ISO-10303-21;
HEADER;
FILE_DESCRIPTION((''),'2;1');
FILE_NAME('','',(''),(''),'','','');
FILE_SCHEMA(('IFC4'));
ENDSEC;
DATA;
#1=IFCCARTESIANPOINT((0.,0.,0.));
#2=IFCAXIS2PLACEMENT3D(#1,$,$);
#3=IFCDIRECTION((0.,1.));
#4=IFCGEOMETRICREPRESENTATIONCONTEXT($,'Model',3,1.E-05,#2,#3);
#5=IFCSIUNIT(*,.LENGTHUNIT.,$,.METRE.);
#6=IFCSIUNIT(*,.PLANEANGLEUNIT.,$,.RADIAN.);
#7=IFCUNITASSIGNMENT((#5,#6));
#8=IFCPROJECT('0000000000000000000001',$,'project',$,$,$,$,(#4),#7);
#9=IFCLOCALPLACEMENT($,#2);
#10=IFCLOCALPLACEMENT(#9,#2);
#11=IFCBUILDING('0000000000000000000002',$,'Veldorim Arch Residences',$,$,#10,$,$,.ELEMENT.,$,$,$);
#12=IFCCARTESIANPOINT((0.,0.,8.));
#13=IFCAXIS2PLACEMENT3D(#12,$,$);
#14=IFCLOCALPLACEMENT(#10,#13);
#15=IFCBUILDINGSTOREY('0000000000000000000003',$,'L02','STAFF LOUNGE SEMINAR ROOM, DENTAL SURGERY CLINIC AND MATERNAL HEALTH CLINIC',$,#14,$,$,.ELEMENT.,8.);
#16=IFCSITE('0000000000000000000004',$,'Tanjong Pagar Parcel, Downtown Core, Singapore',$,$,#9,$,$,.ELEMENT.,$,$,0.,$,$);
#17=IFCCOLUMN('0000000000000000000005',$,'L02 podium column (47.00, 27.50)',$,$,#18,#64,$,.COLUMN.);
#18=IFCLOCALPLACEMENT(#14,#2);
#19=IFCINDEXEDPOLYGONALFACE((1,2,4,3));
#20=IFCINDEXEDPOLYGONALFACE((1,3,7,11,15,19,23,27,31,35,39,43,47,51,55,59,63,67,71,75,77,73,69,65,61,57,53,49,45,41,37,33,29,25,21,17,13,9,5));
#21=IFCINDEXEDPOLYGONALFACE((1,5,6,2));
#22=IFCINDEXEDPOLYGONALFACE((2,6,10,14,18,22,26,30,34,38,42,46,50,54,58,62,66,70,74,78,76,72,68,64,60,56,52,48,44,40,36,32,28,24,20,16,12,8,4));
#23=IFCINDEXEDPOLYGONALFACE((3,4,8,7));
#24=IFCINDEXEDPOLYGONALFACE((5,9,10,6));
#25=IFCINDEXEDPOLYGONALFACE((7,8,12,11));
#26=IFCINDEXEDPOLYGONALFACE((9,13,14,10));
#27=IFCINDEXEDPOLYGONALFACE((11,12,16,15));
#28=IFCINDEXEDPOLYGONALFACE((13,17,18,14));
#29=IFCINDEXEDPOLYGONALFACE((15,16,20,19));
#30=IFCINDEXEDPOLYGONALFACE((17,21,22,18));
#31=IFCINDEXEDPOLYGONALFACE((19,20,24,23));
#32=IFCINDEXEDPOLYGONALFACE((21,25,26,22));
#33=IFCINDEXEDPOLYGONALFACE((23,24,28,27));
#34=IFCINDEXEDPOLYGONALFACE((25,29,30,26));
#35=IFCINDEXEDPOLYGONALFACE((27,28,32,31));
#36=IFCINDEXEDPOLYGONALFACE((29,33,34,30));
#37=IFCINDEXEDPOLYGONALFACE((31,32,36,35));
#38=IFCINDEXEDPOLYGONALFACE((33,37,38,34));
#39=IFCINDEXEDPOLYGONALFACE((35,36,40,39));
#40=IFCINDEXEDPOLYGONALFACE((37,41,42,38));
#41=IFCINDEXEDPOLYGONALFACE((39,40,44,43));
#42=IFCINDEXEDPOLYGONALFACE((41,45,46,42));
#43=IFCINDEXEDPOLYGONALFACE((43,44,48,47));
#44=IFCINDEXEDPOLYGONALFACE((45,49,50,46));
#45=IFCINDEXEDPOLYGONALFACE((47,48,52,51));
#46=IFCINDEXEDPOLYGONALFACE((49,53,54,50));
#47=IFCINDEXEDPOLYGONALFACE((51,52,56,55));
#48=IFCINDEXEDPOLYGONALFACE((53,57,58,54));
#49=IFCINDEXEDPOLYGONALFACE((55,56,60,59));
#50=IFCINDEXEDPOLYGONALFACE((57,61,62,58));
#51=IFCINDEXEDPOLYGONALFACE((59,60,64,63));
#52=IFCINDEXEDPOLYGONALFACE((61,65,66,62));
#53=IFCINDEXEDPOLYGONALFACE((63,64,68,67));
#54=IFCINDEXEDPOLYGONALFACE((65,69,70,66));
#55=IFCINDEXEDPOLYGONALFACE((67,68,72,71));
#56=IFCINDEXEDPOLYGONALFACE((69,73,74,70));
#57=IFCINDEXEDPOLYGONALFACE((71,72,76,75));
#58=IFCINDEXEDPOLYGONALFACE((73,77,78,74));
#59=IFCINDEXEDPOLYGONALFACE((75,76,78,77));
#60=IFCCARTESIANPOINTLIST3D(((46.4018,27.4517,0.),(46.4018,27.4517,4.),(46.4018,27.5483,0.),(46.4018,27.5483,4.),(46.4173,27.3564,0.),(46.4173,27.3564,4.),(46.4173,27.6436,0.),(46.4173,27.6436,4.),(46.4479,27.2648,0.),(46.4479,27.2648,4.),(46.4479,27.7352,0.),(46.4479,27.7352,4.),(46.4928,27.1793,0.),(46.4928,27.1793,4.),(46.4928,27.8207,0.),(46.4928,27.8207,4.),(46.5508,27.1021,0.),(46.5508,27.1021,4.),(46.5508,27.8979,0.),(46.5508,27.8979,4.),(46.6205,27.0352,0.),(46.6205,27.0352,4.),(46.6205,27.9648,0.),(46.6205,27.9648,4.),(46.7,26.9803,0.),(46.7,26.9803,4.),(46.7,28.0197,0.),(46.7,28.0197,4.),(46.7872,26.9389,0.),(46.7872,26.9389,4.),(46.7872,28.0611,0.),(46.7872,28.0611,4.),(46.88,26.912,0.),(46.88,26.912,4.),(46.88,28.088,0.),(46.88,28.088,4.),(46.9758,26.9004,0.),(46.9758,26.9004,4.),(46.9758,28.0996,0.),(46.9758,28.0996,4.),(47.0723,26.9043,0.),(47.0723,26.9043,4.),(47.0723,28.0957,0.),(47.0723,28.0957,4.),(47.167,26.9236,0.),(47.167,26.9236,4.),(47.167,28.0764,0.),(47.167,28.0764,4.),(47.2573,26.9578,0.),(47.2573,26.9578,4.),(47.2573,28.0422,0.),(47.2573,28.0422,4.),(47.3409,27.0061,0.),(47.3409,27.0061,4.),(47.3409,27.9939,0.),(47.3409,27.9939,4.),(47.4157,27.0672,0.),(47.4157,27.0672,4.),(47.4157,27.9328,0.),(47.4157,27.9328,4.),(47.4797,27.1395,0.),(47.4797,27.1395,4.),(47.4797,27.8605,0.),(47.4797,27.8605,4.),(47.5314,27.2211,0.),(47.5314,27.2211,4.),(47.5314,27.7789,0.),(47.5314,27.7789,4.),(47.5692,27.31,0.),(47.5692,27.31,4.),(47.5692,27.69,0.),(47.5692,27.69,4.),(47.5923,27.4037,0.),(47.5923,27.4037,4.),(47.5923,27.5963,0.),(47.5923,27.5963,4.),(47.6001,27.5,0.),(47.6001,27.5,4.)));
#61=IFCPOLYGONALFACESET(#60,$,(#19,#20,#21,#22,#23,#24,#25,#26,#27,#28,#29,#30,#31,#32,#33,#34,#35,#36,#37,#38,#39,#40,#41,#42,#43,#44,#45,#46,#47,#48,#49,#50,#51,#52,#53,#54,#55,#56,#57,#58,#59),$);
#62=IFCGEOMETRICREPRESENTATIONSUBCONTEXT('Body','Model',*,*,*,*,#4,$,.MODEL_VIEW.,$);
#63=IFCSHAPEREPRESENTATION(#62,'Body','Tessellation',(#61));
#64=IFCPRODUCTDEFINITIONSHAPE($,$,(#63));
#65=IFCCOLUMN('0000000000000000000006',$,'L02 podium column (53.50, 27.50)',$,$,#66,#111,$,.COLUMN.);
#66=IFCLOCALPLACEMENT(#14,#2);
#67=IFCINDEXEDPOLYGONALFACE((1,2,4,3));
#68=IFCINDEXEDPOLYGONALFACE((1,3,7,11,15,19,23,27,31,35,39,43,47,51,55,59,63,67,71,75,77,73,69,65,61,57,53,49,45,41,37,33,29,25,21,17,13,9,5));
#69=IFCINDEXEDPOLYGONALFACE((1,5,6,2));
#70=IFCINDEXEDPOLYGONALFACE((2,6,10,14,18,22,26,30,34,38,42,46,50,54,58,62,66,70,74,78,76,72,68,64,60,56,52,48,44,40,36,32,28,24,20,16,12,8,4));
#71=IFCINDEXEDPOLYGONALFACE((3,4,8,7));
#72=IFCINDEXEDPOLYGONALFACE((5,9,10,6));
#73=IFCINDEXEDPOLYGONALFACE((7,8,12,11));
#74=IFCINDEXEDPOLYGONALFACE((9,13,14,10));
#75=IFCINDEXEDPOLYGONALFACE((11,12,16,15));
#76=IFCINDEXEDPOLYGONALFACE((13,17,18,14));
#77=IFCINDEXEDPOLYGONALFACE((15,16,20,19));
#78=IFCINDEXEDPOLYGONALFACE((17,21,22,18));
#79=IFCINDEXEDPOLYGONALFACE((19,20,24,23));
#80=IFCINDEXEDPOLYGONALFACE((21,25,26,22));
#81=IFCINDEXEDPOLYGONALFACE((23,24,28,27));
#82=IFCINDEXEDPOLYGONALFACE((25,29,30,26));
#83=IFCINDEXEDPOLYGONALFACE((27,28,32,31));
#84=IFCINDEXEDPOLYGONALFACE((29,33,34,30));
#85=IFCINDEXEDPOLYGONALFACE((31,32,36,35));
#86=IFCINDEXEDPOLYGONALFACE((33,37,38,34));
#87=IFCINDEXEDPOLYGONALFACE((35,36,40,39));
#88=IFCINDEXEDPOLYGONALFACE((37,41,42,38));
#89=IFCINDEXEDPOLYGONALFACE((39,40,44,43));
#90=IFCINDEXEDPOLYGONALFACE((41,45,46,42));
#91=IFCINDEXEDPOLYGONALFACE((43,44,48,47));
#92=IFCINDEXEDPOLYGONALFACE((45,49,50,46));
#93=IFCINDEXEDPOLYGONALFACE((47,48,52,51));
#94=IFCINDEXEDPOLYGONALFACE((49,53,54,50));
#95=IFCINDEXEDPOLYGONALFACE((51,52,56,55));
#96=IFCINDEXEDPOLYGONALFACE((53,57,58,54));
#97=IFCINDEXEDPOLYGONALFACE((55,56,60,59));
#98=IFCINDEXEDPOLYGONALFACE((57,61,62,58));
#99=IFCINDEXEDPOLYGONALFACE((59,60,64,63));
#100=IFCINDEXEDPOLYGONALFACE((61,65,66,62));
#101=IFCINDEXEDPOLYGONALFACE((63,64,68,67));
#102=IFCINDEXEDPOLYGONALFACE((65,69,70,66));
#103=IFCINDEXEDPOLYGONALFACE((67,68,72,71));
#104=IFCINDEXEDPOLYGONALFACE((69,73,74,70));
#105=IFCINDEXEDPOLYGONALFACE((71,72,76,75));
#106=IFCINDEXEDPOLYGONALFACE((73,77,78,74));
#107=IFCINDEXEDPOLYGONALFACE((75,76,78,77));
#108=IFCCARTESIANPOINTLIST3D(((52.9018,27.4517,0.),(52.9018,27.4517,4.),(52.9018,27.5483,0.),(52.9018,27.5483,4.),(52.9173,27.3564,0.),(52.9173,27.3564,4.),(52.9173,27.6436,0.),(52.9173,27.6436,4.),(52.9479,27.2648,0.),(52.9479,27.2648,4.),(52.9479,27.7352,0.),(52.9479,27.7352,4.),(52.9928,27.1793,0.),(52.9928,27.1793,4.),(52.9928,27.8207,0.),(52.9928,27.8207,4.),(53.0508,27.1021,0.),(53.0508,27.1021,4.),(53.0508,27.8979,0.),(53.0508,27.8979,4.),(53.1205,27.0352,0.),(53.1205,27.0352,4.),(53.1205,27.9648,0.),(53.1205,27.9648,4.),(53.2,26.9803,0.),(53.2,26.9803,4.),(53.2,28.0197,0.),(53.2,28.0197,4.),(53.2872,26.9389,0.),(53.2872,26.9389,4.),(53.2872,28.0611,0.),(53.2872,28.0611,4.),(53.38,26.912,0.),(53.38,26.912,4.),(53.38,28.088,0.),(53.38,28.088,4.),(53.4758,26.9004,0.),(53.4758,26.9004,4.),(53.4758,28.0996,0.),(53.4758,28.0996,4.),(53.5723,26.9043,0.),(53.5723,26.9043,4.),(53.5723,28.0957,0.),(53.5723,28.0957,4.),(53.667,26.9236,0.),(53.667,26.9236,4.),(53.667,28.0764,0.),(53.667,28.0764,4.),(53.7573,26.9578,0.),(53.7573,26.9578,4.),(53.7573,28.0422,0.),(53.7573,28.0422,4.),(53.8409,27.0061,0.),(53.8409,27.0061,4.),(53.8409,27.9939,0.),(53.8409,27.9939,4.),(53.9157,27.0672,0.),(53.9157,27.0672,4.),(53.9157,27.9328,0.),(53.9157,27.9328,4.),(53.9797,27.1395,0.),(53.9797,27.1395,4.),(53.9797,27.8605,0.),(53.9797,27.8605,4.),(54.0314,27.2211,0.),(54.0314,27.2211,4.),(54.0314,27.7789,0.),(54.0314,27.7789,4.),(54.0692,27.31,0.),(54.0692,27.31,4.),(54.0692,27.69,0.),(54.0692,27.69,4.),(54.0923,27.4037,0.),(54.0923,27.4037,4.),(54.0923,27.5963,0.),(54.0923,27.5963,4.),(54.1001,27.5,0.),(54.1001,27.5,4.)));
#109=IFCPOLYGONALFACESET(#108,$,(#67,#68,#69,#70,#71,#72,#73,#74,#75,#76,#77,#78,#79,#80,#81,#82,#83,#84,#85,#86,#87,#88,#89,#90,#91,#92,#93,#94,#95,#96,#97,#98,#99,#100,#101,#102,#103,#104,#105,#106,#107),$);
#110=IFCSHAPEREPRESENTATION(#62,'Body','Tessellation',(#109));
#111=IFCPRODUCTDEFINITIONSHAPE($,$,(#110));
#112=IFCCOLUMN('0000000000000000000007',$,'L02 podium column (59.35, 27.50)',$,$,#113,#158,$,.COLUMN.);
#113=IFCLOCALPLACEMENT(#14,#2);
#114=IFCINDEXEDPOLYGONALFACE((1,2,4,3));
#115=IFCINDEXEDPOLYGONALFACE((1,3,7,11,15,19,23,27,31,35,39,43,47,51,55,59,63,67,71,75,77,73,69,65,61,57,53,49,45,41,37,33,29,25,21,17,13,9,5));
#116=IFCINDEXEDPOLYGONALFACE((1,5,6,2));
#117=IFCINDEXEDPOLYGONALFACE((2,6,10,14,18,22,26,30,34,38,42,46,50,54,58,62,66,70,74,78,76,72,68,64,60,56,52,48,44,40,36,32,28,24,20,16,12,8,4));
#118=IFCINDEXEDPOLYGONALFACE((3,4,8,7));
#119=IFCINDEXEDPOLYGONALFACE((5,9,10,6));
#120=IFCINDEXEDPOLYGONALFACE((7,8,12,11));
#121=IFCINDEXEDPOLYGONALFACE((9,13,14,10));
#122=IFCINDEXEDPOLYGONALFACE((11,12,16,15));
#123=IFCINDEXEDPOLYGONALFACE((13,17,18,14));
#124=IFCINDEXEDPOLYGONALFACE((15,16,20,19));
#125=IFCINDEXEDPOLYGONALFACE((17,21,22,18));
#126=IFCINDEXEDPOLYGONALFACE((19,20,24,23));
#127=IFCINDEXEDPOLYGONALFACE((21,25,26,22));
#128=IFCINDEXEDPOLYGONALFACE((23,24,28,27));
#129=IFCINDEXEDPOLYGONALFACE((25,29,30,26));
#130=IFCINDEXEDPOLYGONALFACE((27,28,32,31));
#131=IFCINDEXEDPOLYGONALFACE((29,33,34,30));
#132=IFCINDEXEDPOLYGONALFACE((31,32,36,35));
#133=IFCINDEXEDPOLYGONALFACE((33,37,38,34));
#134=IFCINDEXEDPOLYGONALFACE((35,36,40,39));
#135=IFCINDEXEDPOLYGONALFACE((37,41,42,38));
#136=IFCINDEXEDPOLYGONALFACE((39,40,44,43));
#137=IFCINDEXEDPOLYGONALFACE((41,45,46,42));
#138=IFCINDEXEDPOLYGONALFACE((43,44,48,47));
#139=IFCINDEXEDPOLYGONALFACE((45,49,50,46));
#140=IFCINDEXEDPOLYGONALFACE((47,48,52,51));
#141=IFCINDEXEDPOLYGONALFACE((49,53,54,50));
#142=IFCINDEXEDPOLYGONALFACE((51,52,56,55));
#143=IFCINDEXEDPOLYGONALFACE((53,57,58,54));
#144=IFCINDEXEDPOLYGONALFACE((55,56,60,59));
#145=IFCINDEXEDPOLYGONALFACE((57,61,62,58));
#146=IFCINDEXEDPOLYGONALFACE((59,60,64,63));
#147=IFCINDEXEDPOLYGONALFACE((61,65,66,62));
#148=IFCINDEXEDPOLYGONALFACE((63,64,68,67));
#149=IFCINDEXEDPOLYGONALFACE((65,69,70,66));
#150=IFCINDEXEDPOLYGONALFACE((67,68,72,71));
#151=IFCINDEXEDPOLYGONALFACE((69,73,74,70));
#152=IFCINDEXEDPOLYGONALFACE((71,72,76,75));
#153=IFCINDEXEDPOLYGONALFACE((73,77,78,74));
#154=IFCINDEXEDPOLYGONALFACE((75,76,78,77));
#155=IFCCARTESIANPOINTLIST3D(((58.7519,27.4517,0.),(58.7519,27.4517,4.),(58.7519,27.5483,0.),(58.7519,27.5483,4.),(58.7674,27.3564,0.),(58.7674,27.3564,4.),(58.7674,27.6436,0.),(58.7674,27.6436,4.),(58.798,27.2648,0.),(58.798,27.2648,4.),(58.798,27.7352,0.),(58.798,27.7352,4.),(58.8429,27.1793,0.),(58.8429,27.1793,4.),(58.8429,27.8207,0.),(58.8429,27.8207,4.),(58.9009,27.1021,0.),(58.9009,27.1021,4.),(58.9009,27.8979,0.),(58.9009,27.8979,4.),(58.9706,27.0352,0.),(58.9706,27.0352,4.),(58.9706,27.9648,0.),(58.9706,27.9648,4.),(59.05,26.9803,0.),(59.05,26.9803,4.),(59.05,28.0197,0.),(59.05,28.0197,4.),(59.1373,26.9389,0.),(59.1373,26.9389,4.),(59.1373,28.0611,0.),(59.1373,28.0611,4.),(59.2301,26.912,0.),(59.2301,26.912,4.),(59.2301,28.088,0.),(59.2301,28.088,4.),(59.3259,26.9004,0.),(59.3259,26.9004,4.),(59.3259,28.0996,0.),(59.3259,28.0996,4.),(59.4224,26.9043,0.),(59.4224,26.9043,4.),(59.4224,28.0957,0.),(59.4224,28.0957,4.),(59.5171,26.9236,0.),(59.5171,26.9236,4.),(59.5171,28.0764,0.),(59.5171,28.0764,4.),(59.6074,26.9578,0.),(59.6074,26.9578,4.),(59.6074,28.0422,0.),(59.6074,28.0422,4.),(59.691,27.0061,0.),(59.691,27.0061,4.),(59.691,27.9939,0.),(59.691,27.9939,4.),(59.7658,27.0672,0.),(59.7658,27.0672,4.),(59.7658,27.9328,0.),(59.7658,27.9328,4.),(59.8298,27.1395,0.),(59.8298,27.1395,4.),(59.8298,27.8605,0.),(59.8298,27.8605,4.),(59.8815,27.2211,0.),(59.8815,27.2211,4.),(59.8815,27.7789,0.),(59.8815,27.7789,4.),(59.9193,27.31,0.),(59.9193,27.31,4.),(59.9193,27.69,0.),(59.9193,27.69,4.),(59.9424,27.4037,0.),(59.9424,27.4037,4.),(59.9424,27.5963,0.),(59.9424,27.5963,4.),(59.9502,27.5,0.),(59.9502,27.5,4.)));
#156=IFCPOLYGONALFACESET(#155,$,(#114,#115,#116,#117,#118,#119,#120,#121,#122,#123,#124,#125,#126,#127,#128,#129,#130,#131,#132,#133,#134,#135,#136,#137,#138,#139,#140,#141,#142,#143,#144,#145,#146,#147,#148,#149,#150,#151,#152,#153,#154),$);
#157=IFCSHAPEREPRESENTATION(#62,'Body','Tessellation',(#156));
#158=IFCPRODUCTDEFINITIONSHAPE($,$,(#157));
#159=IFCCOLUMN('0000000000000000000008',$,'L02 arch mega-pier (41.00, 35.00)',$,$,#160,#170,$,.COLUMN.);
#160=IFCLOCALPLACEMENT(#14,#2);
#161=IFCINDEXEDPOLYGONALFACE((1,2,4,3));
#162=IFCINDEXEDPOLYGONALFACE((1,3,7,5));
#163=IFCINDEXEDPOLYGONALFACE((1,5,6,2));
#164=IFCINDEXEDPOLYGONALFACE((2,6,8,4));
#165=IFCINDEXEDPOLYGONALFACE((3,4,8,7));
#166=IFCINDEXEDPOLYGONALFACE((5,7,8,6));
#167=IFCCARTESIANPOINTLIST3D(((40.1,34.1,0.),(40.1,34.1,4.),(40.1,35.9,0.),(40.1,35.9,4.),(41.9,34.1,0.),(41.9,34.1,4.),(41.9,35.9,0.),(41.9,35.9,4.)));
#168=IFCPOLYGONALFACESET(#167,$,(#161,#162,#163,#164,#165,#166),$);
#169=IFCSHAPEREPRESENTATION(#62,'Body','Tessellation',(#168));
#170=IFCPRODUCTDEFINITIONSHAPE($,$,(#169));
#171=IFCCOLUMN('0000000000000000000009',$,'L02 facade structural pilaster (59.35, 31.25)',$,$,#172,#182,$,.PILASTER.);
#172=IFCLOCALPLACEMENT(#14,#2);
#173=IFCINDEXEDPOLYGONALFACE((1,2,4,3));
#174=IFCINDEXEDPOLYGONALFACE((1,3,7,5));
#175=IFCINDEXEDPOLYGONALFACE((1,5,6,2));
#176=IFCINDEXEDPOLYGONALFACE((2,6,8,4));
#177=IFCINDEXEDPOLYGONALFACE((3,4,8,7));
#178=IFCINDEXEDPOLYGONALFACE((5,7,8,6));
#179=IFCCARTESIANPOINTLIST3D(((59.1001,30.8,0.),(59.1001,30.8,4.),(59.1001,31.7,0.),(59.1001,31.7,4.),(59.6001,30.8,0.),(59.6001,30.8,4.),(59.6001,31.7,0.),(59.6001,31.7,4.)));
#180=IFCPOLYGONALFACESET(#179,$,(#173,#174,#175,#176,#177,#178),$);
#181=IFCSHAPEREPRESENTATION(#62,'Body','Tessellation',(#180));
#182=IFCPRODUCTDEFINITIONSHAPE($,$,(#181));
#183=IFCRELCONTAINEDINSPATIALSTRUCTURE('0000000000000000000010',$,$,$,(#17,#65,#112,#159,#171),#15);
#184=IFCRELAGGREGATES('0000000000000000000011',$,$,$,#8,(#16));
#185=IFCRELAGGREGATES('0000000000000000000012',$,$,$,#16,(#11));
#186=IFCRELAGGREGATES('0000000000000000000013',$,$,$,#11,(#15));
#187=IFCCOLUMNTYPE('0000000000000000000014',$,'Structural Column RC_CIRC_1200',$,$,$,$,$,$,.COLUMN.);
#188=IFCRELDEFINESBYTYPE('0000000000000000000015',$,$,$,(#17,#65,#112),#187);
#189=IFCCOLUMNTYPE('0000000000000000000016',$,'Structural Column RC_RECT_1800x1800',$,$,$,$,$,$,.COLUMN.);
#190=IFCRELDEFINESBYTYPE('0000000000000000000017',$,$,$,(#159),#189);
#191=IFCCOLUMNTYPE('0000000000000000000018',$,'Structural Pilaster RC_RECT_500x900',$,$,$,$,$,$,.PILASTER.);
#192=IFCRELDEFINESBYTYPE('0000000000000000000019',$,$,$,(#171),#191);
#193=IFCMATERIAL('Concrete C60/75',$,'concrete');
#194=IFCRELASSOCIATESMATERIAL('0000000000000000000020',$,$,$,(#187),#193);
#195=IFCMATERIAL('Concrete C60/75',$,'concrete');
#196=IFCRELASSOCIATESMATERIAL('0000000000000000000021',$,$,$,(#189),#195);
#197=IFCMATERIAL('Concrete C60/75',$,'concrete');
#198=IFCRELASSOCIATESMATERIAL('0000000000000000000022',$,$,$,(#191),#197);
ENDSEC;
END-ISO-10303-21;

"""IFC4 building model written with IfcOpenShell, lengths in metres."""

from ifc_helpers import new_model, si_unit, direction, frame, origin, origin_2d, place, context, subcontext, project, spatial, rectangle, circle, extrude, material, material_profile, profile_set, type_object, element, save


model = new_model("IFC4")

# Units and contexts
model_context = context("Model", 3, precision=1e-05, world=origin(), true_north=direction((0.0, 1.0)))
body_context = subcontext(model_context, "Body", "Model", "MODEL_VIEW")
ifc_project = project(units=[si_unit("LENGTHUNIT", "METRE"), si_unit("PLANEANGLEUNIT", "RADIAN")], contexts=[model_context])

# Site, building, storey
site_placement = place(None, origin())
site = spatial("IfcSite", under=ifc_project, at=site_placement, Name="Tanjong Pagar Parcel, Downtown Core, Singapore", CompositionType="ELEMENT", RefElevation=0.0)
building_placement = place(site_placement, origin())
building = spatial("IfcBuilding", under=site, at=building_placement, Name="Veldorim Arch Residences", CompositionType="ELEMENT")
storey_placement = place(building_placement, frame((0.0, 0.0, 8.0)))
storey = spatial("IfcBuildingStorey", under=building, at=storey_placement, Name="L02", Description="STAFF LOUNGE SEMINAR ROOM, DENTAL SURGERY CLINIC AND MATERNAL HEALTH CLINIC", CompositionType="ELEMENT", Elevation=8.0)

# Columns
ifc_material_1 = material(Name="Concrete C60/75", Category="concrete")
ifc_material_profile_1 = material_profile(ifc_material_1, circle(Radius=0.6001, at=origin_2d()), Name="RC_CIRC_1200")
ifc_profile_set_1 = profile_set([ifc_material_profile_1], Name="Concrete C60/75")
column_type_1 = type_object("IfcColumnType", Name="Structural Column RC_CIRC_1200", PredefinedType="COLUMN", material=ifc_profile_set_1)
for number, where, z_axis, x_axis, name in (
    (1, (47.0, 27.5, 0.0), (0.0, 0.0, 1.0), (1.0, 0.0, 0.0), "L02 podium column (47.00, 27.50)"),
    (2, (53.5, 27.5, 0.0), (0.0, 0.0, 1.0), (1.0, 0.0, 0.0), "L02 podium column (53.50, 27.50)"),
    (3, (59.3501, 27.5, 0.0), (0.0, 0.0, 1.0), (1.0, 0.0, 0.0), "L02 podium column (59.35, 27.50)"),
):
    element("IfcColumn", number, at=place(storey_placement, frame(where, z_axis=z_axis, x_axis=x_axis)), inside=storey, type_object=column_type_1, Name=name, PredefinedType="COLUMN", context=body_context, shape_type="SweptSolid", body=[
        extrude(circle(Radius=0.6001, at=origin_2d()), origin(), (0.0, 0.0, 1.0), 4.0),
    ])
ifc_material_2 = material(Name="Concrete C60/75", Category="concrete")
ifc_material_profile_2 = material_profile(ifc_material_2, rectangle(XDim=1.8, YDim=1.8, at=origin_2d()), Name="RC_RECT_1800x1800")
ifc_profile_set_2 = profile_set([ifc_material_profile_2], Name="Concrete C60/75")
column_type_2 = type_object("IfcColumnType", Name="Structural Column RC_RECT_1800x1800", PredefinedType="COLUMN", material=ifc_profile_set_2)
column_1_placement = place(storey_placement, frame((41.0, 35.0, 0.0), z_axis=(0.0, 0.0, 1.0), x_axis=(1.0, 0.0, 0.0)))
element("IfcColumn", 4, at=column_1_placement, inside=storey, type_object=column_type_2, Name="L02 arch mega-pier (41.00, 35.00)", PredefinedType="COLUMN", context=body_context, shape_type="SweptSolid", body=[
    extrude(rectangle(XDim=1.8, YDim=1.8, at=origin_2d()), origin(), (0.0, 0.0, 1.0), 4.0),
])
ifc_material_3 = material(Name="Concrete C60/75", Category="concrete")
ifc_material_profile_3 = material_profile(ifc_material_3, rectangle(XDim=0.5, YDim=0.8999, at=origin_2d()), Name="RC_RECT_500x900")
ifc_profile_set_3 = profile_set([ifc_material_profile_3], Name="Concrete C60/75")
column_type_3 = type_object("IfcColumnType", Name="Structural Pilaster RC_RECT_500x900", PredefinedType="PILASTER", material=ifc_profile_set_3)
column_2_placement = place(storey_placement, frame((59.3501, 31.25, 0.0), z_axis=(0.0, 0.0, 1.0), x_axis=(1.0, 0.0, 0.0)))
element("IfcColumn", 5, at=column_2_placement, inside=storey, type_object=column_type_3, Name="L02 facade structural pilaster (59.35, 31.25)", PredefinedType="PILASTER", context=body_context, shape_type="SweptSolid", body=[
    extrude(rectangle(XDim=0.5, YDim=0.8999, at=origin_2d()), origin(), (0.0, 0.0, 1.0), 4.0),
])

save(model, "model.ifc")
